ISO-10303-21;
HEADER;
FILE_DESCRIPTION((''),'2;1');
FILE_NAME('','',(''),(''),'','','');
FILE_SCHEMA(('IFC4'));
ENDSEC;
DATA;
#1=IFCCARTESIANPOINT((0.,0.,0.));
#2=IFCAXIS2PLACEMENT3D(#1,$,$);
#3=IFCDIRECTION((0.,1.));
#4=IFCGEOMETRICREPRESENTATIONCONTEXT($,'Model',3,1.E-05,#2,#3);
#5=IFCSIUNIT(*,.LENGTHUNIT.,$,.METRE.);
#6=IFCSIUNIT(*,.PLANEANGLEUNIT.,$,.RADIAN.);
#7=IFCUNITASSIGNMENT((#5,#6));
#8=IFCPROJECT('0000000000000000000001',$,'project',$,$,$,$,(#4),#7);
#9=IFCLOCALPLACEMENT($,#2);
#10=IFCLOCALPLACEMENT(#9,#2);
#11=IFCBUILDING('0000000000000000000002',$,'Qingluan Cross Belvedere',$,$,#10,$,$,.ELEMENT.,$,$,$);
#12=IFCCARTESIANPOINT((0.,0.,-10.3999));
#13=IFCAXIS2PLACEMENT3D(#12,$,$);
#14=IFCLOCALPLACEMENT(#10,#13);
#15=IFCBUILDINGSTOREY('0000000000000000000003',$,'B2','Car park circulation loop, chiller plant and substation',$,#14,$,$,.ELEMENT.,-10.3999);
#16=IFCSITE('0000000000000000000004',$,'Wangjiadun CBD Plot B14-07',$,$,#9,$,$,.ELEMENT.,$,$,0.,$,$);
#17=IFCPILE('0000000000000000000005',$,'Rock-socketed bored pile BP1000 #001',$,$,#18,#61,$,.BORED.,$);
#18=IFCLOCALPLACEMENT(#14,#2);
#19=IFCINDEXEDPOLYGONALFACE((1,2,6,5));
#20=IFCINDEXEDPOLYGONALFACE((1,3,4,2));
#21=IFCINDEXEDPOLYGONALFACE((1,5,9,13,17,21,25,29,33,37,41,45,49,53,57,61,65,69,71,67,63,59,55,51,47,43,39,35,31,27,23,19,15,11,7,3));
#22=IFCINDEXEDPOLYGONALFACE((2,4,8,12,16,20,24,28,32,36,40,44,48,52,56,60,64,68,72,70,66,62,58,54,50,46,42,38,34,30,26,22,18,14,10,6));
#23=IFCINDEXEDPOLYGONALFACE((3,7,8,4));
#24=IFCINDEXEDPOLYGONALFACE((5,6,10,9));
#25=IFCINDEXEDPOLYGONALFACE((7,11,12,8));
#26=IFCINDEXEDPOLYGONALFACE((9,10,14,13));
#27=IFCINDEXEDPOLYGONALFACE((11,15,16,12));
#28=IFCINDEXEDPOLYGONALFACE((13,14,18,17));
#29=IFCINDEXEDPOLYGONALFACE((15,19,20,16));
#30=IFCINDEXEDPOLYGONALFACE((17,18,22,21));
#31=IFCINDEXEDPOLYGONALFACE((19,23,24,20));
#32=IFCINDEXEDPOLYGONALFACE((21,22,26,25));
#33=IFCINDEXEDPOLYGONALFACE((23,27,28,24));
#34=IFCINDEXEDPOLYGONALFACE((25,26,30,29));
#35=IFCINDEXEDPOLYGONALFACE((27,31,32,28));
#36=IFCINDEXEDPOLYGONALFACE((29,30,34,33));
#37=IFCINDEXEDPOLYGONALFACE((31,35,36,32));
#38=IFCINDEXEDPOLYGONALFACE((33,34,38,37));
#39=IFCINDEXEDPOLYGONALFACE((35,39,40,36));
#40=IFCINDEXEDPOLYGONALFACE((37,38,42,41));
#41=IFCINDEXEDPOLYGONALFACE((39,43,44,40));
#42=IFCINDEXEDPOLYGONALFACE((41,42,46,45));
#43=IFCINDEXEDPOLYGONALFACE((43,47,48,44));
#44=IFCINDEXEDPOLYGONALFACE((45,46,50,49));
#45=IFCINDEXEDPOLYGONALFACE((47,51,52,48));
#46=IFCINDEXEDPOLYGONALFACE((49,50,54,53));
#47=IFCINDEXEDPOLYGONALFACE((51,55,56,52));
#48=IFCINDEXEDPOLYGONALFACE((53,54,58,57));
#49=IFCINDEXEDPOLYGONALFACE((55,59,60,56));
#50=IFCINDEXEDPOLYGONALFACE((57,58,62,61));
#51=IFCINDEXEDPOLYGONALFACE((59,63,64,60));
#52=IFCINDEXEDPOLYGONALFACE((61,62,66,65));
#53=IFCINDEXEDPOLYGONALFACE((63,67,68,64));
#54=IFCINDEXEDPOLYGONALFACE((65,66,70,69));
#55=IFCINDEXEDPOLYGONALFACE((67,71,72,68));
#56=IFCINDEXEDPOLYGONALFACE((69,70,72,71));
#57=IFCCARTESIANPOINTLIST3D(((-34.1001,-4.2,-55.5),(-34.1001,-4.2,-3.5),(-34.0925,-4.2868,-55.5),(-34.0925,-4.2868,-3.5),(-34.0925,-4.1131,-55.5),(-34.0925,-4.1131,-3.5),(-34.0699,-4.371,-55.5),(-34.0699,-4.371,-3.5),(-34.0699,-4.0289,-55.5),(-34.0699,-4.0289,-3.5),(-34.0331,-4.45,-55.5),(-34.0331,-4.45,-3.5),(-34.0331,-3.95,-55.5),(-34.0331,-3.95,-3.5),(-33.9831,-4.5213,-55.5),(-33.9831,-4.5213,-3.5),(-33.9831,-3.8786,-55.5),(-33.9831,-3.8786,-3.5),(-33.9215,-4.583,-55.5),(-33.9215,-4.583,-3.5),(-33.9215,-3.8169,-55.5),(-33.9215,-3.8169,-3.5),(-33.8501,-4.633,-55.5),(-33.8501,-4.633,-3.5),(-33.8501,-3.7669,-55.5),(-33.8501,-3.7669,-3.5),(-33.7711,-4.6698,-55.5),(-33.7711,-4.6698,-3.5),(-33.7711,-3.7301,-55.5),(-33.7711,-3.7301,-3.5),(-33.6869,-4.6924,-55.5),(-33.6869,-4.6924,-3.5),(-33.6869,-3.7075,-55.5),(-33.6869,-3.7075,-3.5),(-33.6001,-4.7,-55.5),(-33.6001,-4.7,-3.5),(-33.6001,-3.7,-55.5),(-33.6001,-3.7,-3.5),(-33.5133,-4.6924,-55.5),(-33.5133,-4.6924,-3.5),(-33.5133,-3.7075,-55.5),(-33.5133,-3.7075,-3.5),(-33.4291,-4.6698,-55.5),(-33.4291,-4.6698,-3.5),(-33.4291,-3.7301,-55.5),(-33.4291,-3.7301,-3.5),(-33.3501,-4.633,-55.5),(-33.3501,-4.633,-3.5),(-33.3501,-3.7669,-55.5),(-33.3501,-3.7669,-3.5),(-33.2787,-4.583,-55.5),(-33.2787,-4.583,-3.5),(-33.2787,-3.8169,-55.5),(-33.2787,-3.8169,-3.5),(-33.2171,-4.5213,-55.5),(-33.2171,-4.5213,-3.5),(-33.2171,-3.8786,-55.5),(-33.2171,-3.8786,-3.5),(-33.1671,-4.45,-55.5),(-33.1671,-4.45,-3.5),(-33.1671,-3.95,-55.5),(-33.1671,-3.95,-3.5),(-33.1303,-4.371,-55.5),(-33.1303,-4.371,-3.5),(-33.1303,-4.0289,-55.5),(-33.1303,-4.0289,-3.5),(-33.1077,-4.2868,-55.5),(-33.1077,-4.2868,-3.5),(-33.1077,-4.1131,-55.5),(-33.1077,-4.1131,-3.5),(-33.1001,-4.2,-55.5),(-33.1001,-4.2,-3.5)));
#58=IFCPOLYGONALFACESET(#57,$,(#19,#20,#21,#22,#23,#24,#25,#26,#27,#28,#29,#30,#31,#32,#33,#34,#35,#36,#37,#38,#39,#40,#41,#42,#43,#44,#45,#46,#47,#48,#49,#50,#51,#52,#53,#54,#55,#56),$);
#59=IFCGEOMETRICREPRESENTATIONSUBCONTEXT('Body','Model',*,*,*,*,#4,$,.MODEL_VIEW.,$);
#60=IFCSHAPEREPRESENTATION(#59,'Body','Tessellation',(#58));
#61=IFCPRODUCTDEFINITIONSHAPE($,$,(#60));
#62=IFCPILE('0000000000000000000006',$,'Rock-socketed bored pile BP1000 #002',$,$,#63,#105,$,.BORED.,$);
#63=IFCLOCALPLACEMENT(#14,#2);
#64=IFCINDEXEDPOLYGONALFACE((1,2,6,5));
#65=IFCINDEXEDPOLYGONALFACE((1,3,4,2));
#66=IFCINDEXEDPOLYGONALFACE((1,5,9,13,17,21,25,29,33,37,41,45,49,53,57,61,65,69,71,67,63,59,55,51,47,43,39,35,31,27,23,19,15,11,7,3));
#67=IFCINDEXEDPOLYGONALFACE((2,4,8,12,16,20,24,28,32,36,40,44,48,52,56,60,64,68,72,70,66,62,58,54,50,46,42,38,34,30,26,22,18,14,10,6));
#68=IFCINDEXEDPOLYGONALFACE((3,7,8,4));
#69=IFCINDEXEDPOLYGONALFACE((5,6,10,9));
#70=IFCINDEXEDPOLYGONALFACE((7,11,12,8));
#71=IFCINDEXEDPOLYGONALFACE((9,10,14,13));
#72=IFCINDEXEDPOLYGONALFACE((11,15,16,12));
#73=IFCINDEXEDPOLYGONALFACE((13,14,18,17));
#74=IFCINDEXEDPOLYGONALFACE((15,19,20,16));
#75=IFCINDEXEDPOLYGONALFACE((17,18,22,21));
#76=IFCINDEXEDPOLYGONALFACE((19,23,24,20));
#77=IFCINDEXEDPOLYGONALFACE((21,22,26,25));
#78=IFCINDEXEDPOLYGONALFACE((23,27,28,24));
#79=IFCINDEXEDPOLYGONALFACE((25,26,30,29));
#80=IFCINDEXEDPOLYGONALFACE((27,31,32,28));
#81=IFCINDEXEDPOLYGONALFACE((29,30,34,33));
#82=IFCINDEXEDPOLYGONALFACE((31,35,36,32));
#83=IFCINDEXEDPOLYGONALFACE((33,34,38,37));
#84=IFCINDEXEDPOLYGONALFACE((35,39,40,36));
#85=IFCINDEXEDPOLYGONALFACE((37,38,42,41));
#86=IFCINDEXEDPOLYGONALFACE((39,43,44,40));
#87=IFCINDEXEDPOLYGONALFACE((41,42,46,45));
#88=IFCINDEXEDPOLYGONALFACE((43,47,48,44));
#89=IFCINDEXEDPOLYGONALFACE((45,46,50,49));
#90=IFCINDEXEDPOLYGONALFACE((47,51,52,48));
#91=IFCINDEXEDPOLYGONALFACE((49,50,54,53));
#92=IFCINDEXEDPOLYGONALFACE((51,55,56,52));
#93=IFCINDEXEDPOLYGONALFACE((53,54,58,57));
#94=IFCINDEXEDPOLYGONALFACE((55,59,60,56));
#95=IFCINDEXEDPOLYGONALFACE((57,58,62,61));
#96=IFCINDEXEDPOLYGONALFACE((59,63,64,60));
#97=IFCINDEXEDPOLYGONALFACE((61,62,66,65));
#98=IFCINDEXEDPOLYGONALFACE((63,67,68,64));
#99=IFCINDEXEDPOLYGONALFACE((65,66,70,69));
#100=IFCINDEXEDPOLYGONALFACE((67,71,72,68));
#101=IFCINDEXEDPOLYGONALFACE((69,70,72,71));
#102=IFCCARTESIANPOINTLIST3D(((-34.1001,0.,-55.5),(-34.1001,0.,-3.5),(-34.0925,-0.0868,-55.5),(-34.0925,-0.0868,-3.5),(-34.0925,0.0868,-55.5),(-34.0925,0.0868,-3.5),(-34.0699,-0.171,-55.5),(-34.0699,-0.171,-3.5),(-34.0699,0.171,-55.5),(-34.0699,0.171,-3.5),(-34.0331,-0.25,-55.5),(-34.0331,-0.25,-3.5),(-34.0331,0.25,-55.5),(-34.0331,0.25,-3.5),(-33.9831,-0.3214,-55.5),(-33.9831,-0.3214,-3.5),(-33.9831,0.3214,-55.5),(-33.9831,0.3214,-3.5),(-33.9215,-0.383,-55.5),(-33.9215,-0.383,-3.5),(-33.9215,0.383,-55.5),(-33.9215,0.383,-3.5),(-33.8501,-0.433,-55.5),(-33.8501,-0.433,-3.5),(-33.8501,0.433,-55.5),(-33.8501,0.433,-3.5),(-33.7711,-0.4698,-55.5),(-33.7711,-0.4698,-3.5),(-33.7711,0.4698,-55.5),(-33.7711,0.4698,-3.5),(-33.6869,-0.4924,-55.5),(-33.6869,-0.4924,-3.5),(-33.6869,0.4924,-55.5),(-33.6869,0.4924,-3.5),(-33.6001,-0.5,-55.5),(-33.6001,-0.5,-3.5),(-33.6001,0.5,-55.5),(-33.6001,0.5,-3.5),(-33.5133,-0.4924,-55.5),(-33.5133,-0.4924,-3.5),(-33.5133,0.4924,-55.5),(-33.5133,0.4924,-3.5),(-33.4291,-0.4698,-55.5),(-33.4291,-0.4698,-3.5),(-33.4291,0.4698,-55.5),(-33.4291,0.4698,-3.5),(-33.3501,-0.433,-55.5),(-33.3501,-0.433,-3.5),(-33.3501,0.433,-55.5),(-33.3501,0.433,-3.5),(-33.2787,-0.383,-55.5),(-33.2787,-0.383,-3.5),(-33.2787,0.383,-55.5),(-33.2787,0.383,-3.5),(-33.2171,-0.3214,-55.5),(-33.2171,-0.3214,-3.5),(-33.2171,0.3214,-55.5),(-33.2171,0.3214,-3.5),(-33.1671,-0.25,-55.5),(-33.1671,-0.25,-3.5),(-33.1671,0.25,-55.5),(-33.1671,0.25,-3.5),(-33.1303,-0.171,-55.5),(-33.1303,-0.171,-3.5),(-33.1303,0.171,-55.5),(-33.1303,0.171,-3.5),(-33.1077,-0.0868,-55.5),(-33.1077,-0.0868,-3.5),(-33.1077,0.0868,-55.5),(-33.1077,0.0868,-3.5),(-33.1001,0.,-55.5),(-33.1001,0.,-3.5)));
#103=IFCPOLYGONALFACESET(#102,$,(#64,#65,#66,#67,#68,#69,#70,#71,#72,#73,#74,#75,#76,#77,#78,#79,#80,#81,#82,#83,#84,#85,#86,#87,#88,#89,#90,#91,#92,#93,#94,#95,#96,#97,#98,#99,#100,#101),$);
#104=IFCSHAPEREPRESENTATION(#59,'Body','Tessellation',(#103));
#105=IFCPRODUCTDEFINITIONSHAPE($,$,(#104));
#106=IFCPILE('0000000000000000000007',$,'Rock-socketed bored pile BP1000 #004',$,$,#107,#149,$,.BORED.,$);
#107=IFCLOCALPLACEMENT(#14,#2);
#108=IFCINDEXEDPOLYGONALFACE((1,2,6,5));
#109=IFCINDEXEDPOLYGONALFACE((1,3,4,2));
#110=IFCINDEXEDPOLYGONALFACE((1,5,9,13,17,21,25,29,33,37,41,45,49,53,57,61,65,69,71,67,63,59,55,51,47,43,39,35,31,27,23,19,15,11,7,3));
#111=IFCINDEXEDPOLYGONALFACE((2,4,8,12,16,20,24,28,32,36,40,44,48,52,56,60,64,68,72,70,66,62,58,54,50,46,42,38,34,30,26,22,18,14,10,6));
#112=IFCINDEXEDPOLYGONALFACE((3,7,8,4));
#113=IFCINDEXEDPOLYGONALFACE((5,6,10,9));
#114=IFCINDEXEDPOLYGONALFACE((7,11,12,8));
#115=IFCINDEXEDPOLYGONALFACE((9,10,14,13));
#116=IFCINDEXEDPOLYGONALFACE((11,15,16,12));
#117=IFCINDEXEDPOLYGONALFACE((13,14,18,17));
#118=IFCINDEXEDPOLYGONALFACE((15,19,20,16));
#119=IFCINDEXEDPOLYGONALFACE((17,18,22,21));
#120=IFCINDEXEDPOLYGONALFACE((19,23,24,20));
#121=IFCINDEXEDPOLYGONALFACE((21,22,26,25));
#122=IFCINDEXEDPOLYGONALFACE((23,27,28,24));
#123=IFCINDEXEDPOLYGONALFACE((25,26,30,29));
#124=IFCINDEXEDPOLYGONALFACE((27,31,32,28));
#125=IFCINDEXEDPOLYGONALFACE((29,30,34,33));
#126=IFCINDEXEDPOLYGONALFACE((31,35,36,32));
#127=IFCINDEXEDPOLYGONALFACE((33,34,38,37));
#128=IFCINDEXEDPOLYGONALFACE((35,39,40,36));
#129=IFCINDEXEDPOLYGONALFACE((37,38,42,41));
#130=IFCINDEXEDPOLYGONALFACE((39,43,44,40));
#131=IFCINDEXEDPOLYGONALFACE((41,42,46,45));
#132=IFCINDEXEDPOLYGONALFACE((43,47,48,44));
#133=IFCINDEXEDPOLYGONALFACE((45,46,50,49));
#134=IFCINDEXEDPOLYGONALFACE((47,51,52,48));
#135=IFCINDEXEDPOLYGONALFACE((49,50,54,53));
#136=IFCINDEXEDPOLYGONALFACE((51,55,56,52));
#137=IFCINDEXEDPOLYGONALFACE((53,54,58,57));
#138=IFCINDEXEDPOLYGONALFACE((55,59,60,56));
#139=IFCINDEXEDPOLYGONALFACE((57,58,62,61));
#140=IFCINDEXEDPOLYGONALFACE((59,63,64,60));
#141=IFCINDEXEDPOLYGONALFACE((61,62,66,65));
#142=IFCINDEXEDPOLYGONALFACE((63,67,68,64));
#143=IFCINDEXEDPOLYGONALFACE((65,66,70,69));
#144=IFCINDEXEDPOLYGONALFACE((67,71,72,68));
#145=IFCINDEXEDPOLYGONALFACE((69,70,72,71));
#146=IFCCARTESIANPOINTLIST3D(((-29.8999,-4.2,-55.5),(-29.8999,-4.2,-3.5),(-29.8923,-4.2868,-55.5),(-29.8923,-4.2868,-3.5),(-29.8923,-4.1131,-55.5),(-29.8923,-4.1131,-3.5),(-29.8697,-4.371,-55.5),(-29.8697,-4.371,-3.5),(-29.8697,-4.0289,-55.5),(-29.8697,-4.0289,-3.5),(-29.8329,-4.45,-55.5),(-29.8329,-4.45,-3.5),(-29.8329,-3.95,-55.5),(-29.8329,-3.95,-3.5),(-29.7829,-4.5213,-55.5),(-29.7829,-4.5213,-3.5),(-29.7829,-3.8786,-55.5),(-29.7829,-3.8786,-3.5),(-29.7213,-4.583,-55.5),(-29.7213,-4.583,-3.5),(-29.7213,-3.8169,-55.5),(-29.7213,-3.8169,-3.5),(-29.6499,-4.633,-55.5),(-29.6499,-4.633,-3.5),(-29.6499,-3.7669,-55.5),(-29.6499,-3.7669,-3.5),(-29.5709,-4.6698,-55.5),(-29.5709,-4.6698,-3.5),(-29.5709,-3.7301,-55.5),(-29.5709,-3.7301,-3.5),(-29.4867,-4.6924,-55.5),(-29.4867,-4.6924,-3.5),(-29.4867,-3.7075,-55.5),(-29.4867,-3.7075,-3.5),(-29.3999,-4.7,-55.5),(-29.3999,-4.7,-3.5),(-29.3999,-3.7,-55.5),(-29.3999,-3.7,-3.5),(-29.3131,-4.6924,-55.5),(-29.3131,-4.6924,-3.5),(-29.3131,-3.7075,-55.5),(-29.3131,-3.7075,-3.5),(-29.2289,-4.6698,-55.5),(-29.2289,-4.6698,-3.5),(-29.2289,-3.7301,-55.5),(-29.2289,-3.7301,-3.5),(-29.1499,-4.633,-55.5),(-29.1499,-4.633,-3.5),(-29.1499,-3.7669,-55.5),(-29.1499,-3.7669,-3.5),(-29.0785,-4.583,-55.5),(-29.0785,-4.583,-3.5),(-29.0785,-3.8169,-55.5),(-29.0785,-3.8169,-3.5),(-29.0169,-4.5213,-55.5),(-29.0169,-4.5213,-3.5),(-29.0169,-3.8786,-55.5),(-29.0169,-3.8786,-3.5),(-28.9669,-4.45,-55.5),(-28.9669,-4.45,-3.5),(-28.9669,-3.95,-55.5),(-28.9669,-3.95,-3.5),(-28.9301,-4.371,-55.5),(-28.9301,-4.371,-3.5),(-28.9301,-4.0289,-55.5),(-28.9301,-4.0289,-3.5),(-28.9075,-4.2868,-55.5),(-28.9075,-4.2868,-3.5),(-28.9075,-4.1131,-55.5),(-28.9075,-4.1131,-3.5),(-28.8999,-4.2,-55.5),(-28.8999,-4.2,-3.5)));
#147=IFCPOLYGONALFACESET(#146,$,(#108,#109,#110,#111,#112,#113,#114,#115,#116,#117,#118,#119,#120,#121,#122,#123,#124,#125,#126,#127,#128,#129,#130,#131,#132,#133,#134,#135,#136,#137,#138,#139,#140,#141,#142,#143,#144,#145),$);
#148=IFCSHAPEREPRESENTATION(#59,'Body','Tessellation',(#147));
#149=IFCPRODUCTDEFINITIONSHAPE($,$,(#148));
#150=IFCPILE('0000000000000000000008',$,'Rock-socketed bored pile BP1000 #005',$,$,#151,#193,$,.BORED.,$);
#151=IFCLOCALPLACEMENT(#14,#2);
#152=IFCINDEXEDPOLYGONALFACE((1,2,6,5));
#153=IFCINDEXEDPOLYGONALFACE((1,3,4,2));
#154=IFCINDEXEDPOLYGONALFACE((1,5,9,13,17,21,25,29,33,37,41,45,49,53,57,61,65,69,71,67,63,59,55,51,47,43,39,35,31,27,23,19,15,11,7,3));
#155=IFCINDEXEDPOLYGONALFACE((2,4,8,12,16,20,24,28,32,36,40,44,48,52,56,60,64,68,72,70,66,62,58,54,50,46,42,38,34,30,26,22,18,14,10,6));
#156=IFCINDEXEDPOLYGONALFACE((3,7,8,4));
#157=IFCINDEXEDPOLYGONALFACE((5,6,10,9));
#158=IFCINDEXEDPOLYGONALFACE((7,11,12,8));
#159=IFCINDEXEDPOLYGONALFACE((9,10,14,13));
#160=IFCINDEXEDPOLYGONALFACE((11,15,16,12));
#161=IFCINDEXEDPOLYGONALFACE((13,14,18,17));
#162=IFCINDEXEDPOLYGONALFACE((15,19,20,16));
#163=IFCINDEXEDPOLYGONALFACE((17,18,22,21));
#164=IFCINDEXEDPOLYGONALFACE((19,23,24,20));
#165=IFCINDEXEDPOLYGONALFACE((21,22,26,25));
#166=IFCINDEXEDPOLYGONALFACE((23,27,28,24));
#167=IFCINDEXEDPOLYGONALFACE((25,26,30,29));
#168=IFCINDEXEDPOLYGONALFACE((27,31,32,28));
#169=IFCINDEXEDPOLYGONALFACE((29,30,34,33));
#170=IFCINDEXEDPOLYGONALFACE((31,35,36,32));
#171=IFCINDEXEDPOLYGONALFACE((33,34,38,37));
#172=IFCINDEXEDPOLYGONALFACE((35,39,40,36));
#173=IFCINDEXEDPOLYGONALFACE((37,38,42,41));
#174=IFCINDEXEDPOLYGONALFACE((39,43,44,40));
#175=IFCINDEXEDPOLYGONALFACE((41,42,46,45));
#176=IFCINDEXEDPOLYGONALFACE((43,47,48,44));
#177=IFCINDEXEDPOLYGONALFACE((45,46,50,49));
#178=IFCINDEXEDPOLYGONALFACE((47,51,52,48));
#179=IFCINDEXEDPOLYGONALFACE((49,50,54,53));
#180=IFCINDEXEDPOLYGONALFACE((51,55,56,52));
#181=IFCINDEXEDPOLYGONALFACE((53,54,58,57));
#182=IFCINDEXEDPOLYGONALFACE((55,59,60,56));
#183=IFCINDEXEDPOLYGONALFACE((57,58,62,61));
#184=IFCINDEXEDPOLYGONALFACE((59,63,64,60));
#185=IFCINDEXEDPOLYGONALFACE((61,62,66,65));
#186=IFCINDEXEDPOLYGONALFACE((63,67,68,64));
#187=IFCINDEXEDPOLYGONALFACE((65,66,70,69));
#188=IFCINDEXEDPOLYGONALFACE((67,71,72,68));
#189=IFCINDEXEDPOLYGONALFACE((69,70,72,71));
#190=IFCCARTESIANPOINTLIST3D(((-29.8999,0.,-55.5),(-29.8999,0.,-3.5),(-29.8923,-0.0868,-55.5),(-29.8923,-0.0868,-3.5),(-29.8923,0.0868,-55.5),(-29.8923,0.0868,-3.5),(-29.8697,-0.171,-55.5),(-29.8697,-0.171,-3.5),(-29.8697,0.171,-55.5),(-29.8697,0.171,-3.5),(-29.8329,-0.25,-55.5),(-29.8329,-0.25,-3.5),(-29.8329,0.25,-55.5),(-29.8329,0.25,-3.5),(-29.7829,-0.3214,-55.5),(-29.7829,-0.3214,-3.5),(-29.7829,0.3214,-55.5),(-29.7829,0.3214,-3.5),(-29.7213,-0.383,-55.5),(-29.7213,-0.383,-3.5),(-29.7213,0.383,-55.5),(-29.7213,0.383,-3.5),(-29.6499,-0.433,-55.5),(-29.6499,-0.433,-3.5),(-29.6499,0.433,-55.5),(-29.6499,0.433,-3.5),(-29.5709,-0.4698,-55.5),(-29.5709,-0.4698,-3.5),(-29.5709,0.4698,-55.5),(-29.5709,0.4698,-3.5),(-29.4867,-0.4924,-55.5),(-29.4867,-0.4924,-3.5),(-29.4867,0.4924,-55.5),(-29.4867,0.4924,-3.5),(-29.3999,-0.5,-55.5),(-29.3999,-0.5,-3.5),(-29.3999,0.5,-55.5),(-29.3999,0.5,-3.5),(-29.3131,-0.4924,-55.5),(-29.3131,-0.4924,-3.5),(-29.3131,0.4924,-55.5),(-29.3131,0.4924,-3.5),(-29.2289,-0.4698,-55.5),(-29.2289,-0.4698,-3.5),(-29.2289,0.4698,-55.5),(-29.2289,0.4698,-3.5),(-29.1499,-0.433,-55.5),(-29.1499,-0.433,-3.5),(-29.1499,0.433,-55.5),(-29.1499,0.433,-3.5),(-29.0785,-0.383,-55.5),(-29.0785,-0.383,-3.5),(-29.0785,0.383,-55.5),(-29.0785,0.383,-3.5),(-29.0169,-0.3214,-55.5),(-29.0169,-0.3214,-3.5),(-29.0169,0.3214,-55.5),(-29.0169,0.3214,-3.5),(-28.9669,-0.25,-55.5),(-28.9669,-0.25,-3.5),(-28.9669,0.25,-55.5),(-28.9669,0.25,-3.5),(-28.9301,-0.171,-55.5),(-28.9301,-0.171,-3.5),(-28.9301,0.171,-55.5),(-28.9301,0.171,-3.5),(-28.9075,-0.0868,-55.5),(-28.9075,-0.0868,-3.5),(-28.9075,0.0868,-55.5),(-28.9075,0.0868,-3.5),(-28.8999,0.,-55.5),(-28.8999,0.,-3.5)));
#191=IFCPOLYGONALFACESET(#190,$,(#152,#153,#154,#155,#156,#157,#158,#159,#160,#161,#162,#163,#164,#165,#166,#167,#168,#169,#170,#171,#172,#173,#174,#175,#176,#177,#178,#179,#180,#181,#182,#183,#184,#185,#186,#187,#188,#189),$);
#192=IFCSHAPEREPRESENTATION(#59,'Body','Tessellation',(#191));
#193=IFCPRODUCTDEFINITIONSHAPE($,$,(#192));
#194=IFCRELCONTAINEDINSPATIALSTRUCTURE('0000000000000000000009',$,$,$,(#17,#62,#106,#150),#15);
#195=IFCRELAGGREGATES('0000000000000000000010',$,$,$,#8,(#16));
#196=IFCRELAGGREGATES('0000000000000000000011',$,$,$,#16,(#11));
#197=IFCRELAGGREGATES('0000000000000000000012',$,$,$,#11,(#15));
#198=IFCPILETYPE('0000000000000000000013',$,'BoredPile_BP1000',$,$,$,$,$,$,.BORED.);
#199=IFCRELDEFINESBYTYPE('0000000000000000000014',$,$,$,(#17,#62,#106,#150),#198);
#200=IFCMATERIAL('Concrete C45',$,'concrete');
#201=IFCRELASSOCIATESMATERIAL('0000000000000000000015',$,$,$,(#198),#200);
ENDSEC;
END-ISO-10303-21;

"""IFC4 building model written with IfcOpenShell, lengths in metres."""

from ifc_helpers import new_model, si_unit, direction, frame, origin, origin_2d, place, context, subcontext, project, spatial, circle, extrude, material, material_profile, profile_set, type_object, element, save


model = new_model("IFC4")

# Units and contexts
model_context = context("Model", 3, precision=1e-05, world=origin(), true_north=direction((0.0, 1.0)))
body_context = subcontext(model_context, "Body", "Model", "MODEL_VIEW")
ifc_project = project(units=[si_unit("LENGTHUNIT", "METRE"), si_unit("PLANEANGLEUNIT", "RADIAN")], contexts=[model_context])

# Site, building, storey
site_placement = place(None, origin())
site = spatial("IfcSite", under=ifc_project, at=site_placement, Name="Wangjiadun CBD Plot B14-07", CompositionType="ELEMENT", RefElevation=0.0)
building_placement = place(site_placement, origin())
building = spatial("IfcBuilding", under=site, at=building_placement, Name="Qingluan Cross Belvedere", CompositionType="ELEMENT")
storey_placement = place(building_placement, frame((0.0, 0.0, -10.3999)))
storey = spatial("IfcBuildingStorey", under=building, at=storey_placement, Name="B2", Description="Car park circulation loop, chiller plant and substation", CompositionType="ELEMENT", Elevation=-10.3999)

# Piles
ifc_material_1 = material(Name="Concrete C45", Category="concrete")
ifc_material_profile_1 = material_profile(ifc_material_1, circle(Radius=0.5, at=origin_2d()), Name="BP1000")
ifc_profile_set_1 = profile_set([ifc_material_profile_1], Name="Concrete C45")
pile_type_1 = type_object("IfcPileType", Name="BoredPile_BP1000", PredefinedType="BORED", material=ifc_profile_set_1)
for number, where, z_axis, x_axis, name in (
    (1, (-33.6001, -4.2, -3.5), (0.0, 0.0, -1.0), (1.0, 0.0, 0.0), "Rock-socketed bored pile BP1000 #001"),
    (2, (-33.6001, 0.0, -3.5), (0.0, 0.0, -1.0), (1.0, 0.0, 0.0), "Rock-socketed bored pile BP1000 #002"),
    (3, (-29.3999, -4.2, -3.5), (0.0, 0.0, -1.0), (1.0, 0.0, 0.0), "Rock-socketed bored pile BP1000 #004"),
    (4, (-29.3999, 0.0, -3.5), (0.0, 0.0, -1.0), (1.0, 0.0, 0.0), "Rock-socketed bored pile BP1000 #005"),
):
    element("IfcPile", number, at=place(storey_placement, frame(where, z_axis=z_axis, x_axis=x_axis)), inside=storey, type_object=pile_type_1, Name=name, PredefinedType="BORED", context=body_context, shape_type="SweptSolid", body=[
        extrude(circle(Radius=0.5, at=origin_2d()), origin(), (0.0, 0.0, 1.0), 52.0),
    ])

save(model, "model.ifc")
